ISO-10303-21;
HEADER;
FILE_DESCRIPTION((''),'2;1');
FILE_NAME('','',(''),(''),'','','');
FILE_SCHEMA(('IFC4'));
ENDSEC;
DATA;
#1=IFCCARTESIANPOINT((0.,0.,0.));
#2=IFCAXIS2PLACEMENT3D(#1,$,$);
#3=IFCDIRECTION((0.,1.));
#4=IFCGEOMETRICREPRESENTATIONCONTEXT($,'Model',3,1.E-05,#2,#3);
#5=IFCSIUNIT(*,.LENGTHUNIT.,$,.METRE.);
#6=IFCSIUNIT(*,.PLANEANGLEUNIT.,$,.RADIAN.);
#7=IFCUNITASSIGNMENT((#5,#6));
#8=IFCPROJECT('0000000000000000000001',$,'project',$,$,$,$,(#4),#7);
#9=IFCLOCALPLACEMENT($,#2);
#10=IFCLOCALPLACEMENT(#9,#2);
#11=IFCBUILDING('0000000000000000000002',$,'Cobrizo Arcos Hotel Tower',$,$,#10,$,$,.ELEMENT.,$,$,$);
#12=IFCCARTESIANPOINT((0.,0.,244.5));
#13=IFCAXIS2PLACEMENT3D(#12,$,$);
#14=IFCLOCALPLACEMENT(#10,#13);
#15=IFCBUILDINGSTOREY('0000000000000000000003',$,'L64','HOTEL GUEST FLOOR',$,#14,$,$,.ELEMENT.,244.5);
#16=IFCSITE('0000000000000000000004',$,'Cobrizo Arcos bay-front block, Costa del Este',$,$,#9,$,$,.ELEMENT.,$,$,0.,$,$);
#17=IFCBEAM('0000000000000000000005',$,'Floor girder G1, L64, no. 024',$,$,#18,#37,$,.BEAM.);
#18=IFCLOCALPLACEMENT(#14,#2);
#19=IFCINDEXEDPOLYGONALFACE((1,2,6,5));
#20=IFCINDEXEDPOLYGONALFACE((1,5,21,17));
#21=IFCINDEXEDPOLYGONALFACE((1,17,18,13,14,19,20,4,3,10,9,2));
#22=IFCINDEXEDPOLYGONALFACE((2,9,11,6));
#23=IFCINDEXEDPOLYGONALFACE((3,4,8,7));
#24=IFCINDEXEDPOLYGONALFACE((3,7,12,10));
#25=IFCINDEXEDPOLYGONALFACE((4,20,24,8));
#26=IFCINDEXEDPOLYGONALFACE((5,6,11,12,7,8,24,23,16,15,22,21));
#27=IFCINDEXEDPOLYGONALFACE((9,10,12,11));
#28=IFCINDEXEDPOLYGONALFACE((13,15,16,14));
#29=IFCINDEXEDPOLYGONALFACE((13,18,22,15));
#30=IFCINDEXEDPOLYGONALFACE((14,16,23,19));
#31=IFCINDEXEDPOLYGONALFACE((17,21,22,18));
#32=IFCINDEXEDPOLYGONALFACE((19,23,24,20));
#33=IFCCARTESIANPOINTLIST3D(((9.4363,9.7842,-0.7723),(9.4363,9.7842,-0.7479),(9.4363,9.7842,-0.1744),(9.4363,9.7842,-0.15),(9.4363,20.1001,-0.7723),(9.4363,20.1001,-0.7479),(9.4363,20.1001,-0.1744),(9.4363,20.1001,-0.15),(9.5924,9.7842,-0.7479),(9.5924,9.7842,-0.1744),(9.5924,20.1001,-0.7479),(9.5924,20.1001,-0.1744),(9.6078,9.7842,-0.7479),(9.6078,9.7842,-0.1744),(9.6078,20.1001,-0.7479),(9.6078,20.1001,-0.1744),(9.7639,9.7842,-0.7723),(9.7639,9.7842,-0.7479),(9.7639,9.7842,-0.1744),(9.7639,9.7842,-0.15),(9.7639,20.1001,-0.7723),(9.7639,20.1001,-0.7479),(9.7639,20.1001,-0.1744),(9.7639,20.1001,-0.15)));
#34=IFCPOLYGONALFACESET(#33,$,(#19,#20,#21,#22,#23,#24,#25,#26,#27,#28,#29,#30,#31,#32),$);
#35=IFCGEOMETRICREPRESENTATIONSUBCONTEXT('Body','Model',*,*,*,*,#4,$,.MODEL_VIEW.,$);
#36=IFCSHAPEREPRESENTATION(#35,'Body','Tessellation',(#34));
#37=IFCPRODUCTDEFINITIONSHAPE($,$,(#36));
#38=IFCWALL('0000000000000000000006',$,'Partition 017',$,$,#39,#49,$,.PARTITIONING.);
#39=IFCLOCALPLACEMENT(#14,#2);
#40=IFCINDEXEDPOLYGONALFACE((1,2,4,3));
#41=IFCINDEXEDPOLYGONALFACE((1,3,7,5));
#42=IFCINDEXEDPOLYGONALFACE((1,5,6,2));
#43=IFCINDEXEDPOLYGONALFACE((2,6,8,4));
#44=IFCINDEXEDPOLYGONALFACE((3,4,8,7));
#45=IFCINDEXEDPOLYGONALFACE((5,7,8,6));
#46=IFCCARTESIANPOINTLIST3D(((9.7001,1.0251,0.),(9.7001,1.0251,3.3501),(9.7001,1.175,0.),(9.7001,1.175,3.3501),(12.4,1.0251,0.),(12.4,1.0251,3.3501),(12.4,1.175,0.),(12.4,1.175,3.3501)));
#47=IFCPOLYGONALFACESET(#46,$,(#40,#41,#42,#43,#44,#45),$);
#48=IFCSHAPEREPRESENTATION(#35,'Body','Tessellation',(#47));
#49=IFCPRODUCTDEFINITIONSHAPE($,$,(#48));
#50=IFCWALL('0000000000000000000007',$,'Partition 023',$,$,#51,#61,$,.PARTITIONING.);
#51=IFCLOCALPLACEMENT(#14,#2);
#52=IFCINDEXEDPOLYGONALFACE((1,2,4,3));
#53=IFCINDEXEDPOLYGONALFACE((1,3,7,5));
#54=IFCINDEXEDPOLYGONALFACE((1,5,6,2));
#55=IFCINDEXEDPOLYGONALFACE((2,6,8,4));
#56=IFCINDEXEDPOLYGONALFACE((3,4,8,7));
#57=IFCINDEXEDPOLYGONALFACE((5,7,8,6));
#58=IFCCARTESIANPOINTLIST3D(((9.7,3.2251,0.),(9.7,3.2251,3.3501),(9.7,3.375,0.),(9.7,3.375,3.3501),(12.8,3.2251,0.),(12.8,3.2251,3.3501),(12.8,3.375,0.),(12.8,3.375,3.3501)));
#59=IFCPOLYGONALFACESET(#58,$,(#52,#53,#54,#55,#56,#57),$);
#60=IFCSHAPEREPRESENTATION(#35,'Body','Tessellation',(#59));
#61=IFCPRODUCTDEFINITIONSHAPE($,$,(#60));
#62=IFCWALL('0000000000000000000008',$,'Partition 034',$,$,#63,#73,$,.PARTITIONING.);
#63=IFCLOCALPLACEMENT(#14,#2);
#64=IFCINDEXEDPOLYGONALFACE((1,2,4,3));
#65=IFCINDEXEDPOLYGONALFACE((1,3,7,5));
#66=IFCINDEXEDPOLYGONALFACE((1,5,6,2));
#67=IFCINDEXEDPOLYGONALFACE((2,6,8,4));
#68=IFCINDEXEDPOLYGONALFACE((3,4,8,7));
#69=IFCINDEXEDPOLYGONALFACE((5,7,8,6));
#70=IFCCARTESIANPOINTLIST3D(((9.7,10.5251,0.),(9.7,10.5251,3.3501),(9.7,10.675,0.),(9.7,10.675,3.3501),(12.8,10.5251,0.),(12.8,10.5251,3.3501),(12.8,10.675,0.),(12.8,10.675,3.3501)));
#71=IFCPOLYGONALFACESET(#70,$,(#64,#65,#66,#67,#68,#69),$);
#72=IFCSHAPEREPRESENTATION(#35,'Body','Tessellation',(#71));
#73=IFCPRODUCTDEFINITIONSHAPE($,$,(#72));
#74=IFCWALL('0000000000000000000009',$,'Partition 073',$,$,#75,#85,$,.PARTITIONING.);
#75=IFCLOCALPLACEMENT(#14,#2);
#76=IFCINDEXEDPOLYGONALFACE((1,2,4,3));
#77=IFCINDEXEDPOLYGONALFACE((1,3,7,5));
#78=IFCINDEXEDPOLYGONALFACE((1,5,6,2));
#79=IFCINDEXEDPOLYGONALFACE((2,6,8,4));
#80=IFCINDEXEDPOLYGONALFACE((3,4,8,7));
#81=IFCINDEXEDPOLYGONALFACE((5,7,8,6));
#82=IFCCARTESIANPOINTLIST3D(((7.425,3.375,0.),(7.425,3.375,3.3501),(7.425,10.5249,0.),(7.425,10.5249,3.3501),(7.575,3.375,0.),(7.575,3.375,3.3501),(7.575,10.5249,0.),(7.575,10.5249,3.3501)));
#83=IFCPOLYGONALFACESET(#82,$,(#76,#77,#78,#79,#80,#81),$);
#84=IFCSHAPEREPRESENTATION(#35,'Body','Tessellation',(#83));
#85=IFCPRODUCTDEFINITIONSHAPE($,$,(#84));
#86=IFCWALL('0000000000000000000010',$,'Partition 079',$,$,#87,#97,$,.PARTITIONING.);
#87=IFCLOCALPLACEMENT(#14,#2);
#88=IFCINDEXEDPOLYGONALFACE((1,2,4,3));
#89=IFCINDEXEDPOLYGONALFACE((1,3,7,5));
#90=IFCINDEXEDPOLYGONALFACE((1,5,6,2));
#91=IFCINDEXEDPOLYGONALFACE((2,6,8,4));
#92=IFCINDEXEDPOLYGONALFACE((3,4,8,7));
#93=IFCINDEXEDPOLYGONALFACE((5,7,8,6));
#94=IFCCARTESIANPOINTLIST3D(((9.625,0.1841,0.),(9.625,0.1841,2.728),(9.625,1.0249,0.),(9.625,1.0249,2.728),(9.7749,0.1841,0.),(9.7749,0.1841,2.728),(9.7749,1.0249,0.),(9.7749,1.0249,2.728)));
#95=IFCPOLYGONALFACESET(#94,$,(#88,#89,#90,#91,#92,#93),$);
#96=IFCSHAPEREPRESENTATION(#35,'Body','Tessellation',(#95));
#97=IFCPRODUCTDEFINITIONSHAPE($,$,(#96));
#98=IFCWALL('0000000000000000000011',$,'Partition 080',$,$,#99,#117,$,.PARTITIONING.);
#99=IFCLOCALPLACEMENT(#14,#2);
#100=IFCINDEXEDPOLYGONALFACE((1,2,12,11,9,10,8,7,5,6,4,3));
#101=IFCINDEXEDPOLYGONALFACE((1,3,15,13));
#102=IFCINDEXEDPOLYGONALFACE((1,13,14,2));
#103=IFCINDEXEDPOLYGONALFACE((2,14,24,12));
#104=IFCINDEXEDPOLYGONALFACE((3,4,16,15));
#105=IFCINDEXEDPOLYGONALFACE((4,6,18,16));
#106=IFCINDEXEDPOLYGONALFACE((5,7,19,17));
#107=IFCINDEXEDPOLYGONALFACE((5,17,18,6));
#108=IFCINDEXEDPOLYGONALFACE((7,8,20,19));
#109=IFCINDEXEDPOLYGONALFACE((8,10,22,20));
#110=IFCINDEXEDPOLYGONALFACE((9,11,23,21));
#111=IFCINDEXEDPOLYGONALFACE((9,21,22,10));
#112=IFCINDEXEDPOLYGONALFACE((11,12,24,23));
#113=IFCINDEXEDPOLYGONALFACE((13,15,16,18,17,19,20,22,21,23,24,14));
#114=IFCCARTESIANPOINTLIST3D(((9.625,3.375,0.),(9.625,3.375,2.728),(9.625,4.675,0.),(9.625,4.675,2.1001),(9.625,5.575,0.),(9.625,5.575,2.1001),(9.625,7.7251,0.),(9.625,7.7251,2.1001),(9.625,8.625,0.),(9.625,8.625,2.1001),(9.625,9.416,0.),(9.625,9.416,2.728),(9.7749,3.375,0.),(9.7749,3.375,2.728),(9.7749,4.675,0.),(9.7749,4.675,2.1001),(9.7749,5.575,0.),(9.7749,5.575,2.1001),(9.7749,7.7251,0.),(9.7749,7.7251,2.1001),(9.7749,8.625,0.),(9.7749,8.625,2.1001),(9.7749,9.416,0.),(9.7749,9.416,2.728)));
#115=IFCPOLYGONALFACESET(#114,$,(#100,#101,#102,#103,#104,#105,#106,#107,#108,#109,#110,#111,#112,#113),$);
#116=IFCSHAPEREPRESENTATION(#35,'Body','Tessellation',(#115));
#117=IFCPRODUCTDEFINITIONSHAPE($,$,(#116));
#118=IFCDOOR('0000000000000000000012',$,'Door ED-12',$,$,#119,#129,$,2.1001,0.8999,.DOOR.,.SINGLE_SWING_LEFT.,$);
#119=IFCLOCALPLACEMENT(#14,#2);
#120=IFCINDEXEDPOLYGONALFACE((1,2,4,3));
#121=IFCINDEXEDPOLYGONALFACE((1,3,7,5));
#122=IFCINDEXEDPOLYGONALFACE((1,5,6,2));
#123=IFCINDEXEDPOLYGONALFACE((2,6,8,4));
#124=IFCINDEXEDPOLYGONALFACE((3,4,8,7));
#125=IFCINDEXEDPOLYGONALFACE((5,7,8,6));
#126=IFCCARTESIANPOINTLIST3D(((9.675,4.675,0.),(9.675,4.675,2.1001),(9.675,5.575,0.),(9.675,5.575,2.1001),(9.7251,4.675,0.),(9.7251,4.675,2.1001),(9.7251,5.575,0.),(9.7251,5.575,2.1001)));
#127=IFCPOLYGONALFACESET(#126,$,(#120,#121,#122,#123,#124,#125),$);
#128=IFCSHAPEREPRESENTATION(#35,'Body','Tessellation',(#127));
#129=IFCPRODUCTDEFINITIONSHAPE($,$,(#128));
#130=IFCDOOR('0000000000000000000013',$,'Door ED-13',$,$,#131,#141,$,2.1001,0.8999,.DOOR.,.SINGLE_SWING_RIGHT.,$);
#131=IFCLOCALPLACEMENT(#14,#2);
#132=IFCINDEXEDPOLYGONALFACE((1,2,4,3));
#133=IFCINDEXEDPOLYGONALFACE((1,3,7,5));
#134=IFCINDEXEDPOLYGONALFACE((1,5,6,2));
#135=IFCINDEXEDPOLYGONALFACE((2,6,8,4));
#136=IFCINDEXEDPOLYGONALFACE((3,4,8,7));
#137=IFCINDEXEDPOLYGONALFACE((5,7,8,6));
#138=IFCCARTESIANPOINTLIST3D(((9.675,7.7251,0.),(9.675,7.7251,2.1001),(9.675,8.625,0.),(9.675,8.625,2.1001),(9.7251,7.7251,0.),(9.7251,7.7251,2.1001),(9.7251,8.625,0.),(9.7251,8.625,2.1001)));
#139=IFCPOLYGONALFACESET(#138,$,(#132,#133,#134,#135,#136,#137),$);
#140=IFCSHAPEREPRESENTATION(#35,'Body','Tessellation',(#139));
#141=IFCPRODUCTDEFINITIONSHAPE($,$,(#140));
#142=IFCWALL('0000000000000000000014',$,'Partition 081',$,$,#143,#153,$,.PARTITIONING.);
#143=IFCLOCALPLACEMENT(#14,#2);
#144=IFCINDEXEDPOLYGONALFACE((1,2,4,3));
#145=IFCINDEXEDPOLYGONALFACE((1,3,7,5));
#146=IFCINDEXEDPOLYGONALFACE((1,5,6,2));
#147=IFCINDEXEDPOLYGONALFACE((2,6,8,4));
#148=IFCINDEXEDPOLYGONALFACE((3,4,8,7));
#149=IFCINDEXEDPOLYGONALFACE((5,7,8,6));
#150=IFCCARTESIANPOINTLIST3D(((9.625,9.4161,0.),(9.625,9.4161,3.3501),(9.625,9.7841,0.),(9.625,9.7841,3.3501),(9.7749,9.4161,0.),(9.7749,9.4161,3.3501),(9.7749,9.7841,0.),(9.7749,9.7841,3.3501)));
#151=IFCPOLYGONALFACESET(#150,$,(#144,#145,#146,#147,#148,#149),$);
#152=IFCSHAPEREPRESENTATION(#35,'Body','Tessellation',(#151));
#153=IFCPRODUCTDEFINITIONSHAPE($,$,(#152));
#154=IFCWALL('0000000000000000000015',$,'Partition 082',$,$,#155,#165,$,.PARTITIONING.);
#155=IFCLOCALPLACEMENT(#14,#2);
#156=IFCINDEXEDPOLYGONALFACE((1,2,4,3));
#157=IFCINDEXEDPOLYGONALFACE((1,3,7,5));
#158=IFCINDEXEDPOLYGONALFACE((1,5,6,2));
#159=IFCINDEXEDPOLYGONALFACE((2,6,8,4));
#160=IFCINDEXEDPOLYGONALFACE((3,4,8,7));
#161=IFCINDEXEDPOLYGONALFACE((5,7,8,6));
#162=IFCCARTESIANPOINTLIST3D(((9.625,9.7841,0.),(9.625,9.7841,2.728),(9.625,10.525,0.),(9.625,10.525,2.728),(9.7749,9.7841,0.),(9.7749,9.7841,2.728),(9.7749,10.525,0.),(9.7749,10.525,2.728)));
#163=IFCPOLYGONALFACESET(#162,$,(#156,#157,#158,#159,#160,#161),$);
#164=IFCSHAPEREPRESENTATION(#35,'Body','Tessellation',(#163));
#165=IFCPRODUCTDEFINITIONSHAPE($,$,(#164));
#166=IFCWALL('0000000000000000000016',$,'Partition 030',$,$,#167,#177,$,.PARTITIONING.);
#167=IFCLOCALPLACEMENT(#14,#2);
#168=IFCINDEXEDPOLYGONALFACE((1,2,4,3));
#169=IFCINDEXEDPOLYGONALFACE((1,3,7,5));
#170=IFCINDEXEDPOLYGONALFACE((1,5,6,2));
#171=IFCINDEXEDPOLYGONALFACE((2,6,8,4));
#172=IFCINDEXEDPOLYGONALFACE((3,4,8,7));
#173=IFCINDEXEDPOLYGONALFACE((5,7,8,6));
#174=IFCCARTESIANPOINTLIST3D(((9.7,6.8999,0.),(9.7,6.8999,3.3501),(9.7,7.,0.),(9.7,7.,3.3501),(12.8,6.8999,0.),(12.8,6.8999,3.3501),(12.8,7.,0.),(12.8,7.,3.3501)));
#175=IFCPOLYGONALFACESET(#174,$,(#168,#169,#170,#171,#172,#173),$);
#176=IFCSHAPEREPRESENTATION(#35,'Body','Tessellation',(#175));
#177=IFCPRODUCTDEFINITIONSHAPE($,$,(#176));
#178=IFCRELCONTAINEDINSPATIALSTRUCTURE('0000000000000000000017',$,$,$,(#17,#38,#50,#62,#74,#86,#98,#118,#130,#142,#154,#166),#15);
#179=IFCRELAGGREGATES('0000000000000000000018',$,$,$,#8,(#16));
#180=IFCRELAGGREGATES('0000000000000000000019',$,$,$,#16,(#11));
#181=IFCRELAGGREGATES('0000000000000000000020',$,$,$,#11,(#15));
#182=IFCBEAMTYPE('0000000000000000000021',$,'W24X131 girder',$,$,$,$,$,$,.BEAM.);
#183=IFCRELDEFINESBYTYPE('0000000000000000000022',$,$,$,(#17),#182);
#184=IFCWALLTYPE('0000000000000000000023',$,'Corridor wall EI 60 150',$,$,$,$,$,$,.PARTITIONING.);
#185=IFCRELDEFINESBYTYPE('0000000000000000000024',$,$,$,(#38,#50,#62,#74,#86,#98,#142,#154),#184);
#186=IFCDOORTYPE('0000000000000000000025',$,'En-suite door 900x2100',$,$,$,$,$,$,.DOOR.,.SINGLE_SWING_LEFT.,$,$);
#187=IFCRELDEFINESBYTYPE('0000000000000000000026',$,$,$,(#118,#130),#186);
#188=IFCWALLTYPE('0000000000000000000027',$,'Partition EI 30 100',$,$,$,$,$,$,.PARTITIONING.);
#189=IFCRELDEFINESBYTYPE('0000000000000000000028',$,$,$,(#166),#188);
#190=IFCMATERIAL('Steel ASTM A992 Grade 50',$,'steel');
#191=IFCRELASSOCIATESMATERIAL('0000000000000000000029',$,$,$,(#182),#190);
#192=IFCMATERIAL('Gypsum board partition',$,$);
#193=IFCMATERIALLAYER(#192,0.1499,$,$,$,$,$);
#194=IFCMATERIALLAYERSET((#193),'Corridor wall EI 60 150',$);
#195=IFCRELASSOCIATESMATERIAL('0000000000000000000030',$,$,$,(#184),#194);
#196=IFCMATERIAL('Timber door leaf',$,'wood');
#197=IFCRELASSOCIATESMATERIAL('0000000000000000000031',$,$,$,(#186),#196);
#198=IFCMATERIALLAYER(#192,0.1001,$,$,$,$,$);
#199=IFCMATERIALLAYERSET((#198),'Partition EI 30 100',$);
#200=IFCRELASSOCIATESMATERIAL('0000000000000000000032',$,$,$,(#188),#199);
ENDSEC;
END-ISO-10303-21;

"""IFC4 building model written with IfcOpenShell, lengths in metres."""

from ifc_helpers import new_model, si_unit, direction, frame, frame_2d, origin, origin_2d, place, context, subcontext, project, spatial, rectangle, i_section, extrude, material, layer, layer_set, material_profile, profile_set, type_object, element, fill, save


model = new_model("IFC4")

# Units and contexts
model_context = context("Model", 3, precision=1e-05, world=origin(), true_north=direction((0.0, 1.0)))
body_context = subcontext(model_context, "Body", "Model", "MODEL_VIEW")
ifc_project = project(units=[si_unit("LENGTHUNIT", "METRE"), si_unit("PLANEANGLEUNIT", "RADIAN")], contexts=[model_context])

# Site, building, storey
site_placement = place(None, origin())
site = spatial("IfcSite", under=ifc_project, at=site_placement, Name="Cobrizo Arcos bay-front block, Costa del Este", CompositionType="ELEMENT", RefElevation=0.0)
building_placement = place(site_placement, origin())
building = spatial("IfcBuilding", under=site, at=building_placement, Name="Cobrizo Arcos Hotel Tower", CompositionType="ELEMENT")
storey_placement = place(building_placement, frame((0.0, 0.0, 244.5)))
storey = spatial("IfcBuildingStorey", under=building, at=storey_placement, Name="L64", Description="HOTEL GUEST FLOOR", CompositionType="ELEMENT", Elevation=244.5)

# Shared definitions
ifc_material_1 = material(Name="Steel ASTM A992 Grade 50", Category="steel")

# Beam
ifc_material_profile_1 = material_profile(ifc_material_1, i_section(OverallWidth=0.3276, OverallDepth=0.6223, WebThickness=0.0154, FlangeThickness=0.0244, at=origin_2d()), Name="W24X131")
ifc_profile_set_1 = profile_set([ifc_material_profile_1], Name="Steel ASTM A992 Grade 50")
beam_type_1 = type_object("IfcBeamType", Name="W24X131 girder", PredefinedType="BEAM", material=ifc_profile_set_1)
beam_1_placement = place(storey_placement, frame((9.6001, 9.7842, -0.4612), z_axis=(0.0, 1.0, 0.0), x_axis=(-1.0, 0.0, 0.0)))
element("IfcBeam", 1, at=beam_1_placement, inside=storey, type_object=beam_type_1, Name="Floor girder G1, L64, no. 024", PredefinedType="BEAM", context=body_context, shape_type="SweptSolid", body=[
    extrude(i_section(OverallWidth=0.3276, OverallDepth=0.6223, WebThickness=0.0154, FlangeThickness=0.0244, at=origin_2d()), origin(), (0.0, 0.0, 1.0), 10.3159),
])

# Walls
ifc_material_2 = material(Name="Gypsum board partition")
ifc_layer_1 = layer(ifc_material_2, 0.1499)
ifc_layer_set_1 = layer_set([ifc_layer_1], Name="Corridor wall EI 60 150")
wall_type_1 = type_object("IfcWallType", Name="Corridor wall EI 60 150", PredefinedType="PARTITIONING", material=ifc_layer_set_1)
wall_1_placement = place(storey_placement, frame((9.7, 1.1001, 0.0), z_axis=(0.0, 0.0, 1.0), x_axis=(1.0, 0.0, 0.0)))
element("IfcWall", 2, at=wall_1_placement, inside=storey, type_object=wall_type_1, Name="Partition 017", PredefinedType="PARTITIONING", context=body_context, shape_type="SweptSolid", body=[
    extrude(rectangle(XDim=2.7, YDim=0.1499, at=frame_2d((1.3501, 0.0))), origin(), (0.0, 0.0, 1.0), 3.3501),
])
for number, where, z_axis, x_axis, name in (
    (3, (9.7, 3.3, 0.0), (0.0, 0.0, 1.0), (1.0, 0.0, 0.0), "Partition 023"),
    (4, (9.7, 10.6001, 0.0), (0.0, 0.0, 1.0), (1.0, 0.0, 0.0), "Partition 034"),
):
    element("IfcWall", number, at=place(storey_placement, frame(where, z_axis=z_axis, x_axis=x_axis)), inside=storey, type_object=wall_type_1, Name=name, PredefinedType="PARTITIONING", context=body_context, shape_type="SweptSolid", body=[
        extrude(rectangle(XDim=3.1001, YDim=0.1499, at=frame_2d((1.55, 0.0))), origin(), (0.0, 0.0, 1.0), 3.3501),
    ])
wall_2_placement = place(storey_placement, frame((7.5, 3.375, 0.0), z_axis=(0.0, 0.0, 1.0), x_axis=(0.0, 1.0, 0.0)))
element("IfcWall", 5, at=wall_2_placement, inside=storey, type_object=wall_type_1, Name="Partition 073", PredefinedType="PARTITIONING", context=body_context, shape_type="SweptSolid", body=[
    extrude(rectangle(XDim=7.1499, YDim=0.1499, at=frame_2d((3.575, 0.0))), origin(), (0.0, 0.0, 1.0), 3.3501),
])
wall_3_placement = place(storey_placement, frame((9.7, 0.1841, 0.0), z_axis=(0.0, 0.0, 1.0), x_axis=(0.0, 1.0, 0.0)))
element("IfcWall", 6, at=wall_3_placement, inside=storey, type_object=wall_type_1, Name="Partition 079", PredefinedType="PARTITIONING", context=body_context, shape_type="SweptSolid", body=[
    extrude(rectangle(XDim=0.8408, YDim=0.1499, at=frame_2d((0.4204, 0.0))), origin(), (0.0, 0.0, 1.0), 2.728),
])

# Wall, openings, doors
wall_4_placement = place(storey_placement, frame((9.7, 3.375, 0.0), z_axis=(0.0, 0.0, 1.0), x_axis=(0.0, 1.0, 0.0)))
wall_4 = element("IfcWall", 7, at=wall_4_placement, inside=storey, type_object=wall_type_1, Name="Partition 080", PredefinedType="PARTITIONING", context=body_context, shape_type="SweptSolid", body=[
    extrude(rectangle(XDim=6.041, YDim=0.1499, at=frame_2d((3.0205, 0.0))), origin(), (0.0, 0.0, 1.0), 2.728),
])
opening_1_placement = place(wall_4_placement, frame((1.3, 0.0, 0.0)))
opening_1 = element("IfcOpeningElement", 8, at=opening_1_placement, cuts=wall_4, PredefinedType="OPENING", context=body_context, shape_type="SweptSolid", body=[
    extrude(rectangle(XDim=0.8999, YDim=2.1001, at=frame_2d((0.45, 1.05))), frame((0.0, 0.0869, 0.0), z_axis=(0.0, -1.0, 0.0), x_axis=(1.0, 0.0, 0.0)), (0.0, 0.0, 1.0), 0.1738),
])
opening_2_placement = place(wall_4_placement, frame((4.3501, 0.0, 0.0)))
opening_2 = element("IfcOpeningElement", 9, at=opening_2_placement, cuts=wall_4, PredefinedType="OPENING", context=body_context, shape_type="SweptSolid", body=[
    extrude(rectangle(XDim=0.8999, YDim=2.1001, at=frame_2d((0.45, 1.05))), frame((0.0, 0.0869, 0.0), z_axis=(0.0, -1.0, 0.0), x_axis=(1.0, 0.0, 0.0)), (0.0, 0.0, 1.0), 0.1738),
])
ifc_material_3 = material(Name="Timber door leaf", Category="wood")
door_type_1 = type_object("IfcDoorType", Name="En-suite door 900x2100", OperationType="SINGLE_SWING_LEFT", PredefinedType="DOOR", material=ifc_material_3)
door_1_placement = place(opening_1_placement, origin())
door_1 = element("IfcDoor", 10, at=door_1_placement, inside=storey, type_object=door_type_1, Name="Door ED-12", OperationType="SINGLE_SWING_LEFT", OverallHeight=2.1001, OverallWidth=0.8999, PredefinedType="DOOR", context=body_context, shape_type="SweptSolid", body=[
    extrude(rectangle(XDim=0.8999, YDim=2.1001, at=frame_2d((0.45, 1.05))), frame((0.0, 0.0249, 0.0), z_axis=(0.0, -1.0, 0.0), x_axis=(1.0, 0.0, 0.0)), (0.0, 0.0, 1.0), 0.05),
])
fill(opening_1, door_1)
door_2_placement = place(opening_2_placement, origin())
door_2 = element("IfcDoor", 11, at=door_2_placement, inside=storey, type_object=door_type_1, Name="Door ED-13", OperationType="SINGLE_SWING_RIGHT", OverallHeight=2.1001, OverallWidth=0.8999, PredefinedType="DOOR", context=body_context, shape_type="SweptSolid", body=[
    extrude(rectangle(XDim=0.8999, YDim=2.1001, at=frame_2d((0.45, 1.05))), frame((0.0, 0.0249, 0.0), z_axis=(0.0, -1.0, 0.0), x_axis=(1.0, 0.0, 0.0)), (0.0, 0.0, 1.0), 0.05),
])
fill(opening_2, door_2)

# Walls
wall_5_placement = place(storey_placement, frame((9.7, 9.416, 0.0), z_axis=(0.0, 0.0, 1.0), x_axis=(0.0, 1.0, 0.0)))
element("IfcWall", 12, at=wall_5_placement, inside=storey, type_object=wall_type_1, Name="Partition 081", PredefinedType="PARTITIONING", context=body_context, shape_type="SweptSolid", body=[
    extrude(rectangle(XDim=0.3679, YDim=0.1499, at=frame_2d((0.1841, 0.0))), origin(), (0.0, 0.0, 1.0), 3.3501),
])
wall_6_placement = place(storey_placement, frame((9.7, 9.7839, 0.0), z_axis=(0.0, 0.0, 1.0), x_axis=(0.0, 1.0, 0.0)))
element("IfcWall", 13, at=wall_6_placement, inside=storey, type_object=wall_type_1, Name="Partition 082", PredefinedType="PARTITIONING", context=body_context, shape_type="SweptSolid", body=[
    extrude(rectangle(XDim=0.741, YDim=0.1499, at=frame_2d((0.3706, 0.0))), origin(), (0.0, 0.0, 1.0), 2.728),
])
ifc_layer_2 = layer(ifc_material_2, 0.1001)
ifc_layer_set_2 = layer_set([ifc_layer_2], Name="Partition EI 30 100")
wall_type_2 = type_object("IfcWallType", Name="Partition EI 30 100", PredefinedType="PARTITIONING", material=ifc_layer_set_2)
wall_7_placement = place(storey_placement, frame((9.7, 6.95, 0.0), z_axis=(0.0, 0.0, 1.0), x_axis=(1.0, 0.0, 0.0)))
element("IfcWall", 14, at=wall_7_placement, inside=storey, type_object=wall_type_2, Name="Partition 030", PredefinedType="PARTITIONING", context=body_context, shape_type="SweptSolid", body=[
    extrude(rectangle(XDim=3.1001, YDim=0.1001, at=frame_2d((1.55, 0.0))), origin(), (0.0, 0.0, 1.0), 3.3501),
])

save(model, "model.ifc")
